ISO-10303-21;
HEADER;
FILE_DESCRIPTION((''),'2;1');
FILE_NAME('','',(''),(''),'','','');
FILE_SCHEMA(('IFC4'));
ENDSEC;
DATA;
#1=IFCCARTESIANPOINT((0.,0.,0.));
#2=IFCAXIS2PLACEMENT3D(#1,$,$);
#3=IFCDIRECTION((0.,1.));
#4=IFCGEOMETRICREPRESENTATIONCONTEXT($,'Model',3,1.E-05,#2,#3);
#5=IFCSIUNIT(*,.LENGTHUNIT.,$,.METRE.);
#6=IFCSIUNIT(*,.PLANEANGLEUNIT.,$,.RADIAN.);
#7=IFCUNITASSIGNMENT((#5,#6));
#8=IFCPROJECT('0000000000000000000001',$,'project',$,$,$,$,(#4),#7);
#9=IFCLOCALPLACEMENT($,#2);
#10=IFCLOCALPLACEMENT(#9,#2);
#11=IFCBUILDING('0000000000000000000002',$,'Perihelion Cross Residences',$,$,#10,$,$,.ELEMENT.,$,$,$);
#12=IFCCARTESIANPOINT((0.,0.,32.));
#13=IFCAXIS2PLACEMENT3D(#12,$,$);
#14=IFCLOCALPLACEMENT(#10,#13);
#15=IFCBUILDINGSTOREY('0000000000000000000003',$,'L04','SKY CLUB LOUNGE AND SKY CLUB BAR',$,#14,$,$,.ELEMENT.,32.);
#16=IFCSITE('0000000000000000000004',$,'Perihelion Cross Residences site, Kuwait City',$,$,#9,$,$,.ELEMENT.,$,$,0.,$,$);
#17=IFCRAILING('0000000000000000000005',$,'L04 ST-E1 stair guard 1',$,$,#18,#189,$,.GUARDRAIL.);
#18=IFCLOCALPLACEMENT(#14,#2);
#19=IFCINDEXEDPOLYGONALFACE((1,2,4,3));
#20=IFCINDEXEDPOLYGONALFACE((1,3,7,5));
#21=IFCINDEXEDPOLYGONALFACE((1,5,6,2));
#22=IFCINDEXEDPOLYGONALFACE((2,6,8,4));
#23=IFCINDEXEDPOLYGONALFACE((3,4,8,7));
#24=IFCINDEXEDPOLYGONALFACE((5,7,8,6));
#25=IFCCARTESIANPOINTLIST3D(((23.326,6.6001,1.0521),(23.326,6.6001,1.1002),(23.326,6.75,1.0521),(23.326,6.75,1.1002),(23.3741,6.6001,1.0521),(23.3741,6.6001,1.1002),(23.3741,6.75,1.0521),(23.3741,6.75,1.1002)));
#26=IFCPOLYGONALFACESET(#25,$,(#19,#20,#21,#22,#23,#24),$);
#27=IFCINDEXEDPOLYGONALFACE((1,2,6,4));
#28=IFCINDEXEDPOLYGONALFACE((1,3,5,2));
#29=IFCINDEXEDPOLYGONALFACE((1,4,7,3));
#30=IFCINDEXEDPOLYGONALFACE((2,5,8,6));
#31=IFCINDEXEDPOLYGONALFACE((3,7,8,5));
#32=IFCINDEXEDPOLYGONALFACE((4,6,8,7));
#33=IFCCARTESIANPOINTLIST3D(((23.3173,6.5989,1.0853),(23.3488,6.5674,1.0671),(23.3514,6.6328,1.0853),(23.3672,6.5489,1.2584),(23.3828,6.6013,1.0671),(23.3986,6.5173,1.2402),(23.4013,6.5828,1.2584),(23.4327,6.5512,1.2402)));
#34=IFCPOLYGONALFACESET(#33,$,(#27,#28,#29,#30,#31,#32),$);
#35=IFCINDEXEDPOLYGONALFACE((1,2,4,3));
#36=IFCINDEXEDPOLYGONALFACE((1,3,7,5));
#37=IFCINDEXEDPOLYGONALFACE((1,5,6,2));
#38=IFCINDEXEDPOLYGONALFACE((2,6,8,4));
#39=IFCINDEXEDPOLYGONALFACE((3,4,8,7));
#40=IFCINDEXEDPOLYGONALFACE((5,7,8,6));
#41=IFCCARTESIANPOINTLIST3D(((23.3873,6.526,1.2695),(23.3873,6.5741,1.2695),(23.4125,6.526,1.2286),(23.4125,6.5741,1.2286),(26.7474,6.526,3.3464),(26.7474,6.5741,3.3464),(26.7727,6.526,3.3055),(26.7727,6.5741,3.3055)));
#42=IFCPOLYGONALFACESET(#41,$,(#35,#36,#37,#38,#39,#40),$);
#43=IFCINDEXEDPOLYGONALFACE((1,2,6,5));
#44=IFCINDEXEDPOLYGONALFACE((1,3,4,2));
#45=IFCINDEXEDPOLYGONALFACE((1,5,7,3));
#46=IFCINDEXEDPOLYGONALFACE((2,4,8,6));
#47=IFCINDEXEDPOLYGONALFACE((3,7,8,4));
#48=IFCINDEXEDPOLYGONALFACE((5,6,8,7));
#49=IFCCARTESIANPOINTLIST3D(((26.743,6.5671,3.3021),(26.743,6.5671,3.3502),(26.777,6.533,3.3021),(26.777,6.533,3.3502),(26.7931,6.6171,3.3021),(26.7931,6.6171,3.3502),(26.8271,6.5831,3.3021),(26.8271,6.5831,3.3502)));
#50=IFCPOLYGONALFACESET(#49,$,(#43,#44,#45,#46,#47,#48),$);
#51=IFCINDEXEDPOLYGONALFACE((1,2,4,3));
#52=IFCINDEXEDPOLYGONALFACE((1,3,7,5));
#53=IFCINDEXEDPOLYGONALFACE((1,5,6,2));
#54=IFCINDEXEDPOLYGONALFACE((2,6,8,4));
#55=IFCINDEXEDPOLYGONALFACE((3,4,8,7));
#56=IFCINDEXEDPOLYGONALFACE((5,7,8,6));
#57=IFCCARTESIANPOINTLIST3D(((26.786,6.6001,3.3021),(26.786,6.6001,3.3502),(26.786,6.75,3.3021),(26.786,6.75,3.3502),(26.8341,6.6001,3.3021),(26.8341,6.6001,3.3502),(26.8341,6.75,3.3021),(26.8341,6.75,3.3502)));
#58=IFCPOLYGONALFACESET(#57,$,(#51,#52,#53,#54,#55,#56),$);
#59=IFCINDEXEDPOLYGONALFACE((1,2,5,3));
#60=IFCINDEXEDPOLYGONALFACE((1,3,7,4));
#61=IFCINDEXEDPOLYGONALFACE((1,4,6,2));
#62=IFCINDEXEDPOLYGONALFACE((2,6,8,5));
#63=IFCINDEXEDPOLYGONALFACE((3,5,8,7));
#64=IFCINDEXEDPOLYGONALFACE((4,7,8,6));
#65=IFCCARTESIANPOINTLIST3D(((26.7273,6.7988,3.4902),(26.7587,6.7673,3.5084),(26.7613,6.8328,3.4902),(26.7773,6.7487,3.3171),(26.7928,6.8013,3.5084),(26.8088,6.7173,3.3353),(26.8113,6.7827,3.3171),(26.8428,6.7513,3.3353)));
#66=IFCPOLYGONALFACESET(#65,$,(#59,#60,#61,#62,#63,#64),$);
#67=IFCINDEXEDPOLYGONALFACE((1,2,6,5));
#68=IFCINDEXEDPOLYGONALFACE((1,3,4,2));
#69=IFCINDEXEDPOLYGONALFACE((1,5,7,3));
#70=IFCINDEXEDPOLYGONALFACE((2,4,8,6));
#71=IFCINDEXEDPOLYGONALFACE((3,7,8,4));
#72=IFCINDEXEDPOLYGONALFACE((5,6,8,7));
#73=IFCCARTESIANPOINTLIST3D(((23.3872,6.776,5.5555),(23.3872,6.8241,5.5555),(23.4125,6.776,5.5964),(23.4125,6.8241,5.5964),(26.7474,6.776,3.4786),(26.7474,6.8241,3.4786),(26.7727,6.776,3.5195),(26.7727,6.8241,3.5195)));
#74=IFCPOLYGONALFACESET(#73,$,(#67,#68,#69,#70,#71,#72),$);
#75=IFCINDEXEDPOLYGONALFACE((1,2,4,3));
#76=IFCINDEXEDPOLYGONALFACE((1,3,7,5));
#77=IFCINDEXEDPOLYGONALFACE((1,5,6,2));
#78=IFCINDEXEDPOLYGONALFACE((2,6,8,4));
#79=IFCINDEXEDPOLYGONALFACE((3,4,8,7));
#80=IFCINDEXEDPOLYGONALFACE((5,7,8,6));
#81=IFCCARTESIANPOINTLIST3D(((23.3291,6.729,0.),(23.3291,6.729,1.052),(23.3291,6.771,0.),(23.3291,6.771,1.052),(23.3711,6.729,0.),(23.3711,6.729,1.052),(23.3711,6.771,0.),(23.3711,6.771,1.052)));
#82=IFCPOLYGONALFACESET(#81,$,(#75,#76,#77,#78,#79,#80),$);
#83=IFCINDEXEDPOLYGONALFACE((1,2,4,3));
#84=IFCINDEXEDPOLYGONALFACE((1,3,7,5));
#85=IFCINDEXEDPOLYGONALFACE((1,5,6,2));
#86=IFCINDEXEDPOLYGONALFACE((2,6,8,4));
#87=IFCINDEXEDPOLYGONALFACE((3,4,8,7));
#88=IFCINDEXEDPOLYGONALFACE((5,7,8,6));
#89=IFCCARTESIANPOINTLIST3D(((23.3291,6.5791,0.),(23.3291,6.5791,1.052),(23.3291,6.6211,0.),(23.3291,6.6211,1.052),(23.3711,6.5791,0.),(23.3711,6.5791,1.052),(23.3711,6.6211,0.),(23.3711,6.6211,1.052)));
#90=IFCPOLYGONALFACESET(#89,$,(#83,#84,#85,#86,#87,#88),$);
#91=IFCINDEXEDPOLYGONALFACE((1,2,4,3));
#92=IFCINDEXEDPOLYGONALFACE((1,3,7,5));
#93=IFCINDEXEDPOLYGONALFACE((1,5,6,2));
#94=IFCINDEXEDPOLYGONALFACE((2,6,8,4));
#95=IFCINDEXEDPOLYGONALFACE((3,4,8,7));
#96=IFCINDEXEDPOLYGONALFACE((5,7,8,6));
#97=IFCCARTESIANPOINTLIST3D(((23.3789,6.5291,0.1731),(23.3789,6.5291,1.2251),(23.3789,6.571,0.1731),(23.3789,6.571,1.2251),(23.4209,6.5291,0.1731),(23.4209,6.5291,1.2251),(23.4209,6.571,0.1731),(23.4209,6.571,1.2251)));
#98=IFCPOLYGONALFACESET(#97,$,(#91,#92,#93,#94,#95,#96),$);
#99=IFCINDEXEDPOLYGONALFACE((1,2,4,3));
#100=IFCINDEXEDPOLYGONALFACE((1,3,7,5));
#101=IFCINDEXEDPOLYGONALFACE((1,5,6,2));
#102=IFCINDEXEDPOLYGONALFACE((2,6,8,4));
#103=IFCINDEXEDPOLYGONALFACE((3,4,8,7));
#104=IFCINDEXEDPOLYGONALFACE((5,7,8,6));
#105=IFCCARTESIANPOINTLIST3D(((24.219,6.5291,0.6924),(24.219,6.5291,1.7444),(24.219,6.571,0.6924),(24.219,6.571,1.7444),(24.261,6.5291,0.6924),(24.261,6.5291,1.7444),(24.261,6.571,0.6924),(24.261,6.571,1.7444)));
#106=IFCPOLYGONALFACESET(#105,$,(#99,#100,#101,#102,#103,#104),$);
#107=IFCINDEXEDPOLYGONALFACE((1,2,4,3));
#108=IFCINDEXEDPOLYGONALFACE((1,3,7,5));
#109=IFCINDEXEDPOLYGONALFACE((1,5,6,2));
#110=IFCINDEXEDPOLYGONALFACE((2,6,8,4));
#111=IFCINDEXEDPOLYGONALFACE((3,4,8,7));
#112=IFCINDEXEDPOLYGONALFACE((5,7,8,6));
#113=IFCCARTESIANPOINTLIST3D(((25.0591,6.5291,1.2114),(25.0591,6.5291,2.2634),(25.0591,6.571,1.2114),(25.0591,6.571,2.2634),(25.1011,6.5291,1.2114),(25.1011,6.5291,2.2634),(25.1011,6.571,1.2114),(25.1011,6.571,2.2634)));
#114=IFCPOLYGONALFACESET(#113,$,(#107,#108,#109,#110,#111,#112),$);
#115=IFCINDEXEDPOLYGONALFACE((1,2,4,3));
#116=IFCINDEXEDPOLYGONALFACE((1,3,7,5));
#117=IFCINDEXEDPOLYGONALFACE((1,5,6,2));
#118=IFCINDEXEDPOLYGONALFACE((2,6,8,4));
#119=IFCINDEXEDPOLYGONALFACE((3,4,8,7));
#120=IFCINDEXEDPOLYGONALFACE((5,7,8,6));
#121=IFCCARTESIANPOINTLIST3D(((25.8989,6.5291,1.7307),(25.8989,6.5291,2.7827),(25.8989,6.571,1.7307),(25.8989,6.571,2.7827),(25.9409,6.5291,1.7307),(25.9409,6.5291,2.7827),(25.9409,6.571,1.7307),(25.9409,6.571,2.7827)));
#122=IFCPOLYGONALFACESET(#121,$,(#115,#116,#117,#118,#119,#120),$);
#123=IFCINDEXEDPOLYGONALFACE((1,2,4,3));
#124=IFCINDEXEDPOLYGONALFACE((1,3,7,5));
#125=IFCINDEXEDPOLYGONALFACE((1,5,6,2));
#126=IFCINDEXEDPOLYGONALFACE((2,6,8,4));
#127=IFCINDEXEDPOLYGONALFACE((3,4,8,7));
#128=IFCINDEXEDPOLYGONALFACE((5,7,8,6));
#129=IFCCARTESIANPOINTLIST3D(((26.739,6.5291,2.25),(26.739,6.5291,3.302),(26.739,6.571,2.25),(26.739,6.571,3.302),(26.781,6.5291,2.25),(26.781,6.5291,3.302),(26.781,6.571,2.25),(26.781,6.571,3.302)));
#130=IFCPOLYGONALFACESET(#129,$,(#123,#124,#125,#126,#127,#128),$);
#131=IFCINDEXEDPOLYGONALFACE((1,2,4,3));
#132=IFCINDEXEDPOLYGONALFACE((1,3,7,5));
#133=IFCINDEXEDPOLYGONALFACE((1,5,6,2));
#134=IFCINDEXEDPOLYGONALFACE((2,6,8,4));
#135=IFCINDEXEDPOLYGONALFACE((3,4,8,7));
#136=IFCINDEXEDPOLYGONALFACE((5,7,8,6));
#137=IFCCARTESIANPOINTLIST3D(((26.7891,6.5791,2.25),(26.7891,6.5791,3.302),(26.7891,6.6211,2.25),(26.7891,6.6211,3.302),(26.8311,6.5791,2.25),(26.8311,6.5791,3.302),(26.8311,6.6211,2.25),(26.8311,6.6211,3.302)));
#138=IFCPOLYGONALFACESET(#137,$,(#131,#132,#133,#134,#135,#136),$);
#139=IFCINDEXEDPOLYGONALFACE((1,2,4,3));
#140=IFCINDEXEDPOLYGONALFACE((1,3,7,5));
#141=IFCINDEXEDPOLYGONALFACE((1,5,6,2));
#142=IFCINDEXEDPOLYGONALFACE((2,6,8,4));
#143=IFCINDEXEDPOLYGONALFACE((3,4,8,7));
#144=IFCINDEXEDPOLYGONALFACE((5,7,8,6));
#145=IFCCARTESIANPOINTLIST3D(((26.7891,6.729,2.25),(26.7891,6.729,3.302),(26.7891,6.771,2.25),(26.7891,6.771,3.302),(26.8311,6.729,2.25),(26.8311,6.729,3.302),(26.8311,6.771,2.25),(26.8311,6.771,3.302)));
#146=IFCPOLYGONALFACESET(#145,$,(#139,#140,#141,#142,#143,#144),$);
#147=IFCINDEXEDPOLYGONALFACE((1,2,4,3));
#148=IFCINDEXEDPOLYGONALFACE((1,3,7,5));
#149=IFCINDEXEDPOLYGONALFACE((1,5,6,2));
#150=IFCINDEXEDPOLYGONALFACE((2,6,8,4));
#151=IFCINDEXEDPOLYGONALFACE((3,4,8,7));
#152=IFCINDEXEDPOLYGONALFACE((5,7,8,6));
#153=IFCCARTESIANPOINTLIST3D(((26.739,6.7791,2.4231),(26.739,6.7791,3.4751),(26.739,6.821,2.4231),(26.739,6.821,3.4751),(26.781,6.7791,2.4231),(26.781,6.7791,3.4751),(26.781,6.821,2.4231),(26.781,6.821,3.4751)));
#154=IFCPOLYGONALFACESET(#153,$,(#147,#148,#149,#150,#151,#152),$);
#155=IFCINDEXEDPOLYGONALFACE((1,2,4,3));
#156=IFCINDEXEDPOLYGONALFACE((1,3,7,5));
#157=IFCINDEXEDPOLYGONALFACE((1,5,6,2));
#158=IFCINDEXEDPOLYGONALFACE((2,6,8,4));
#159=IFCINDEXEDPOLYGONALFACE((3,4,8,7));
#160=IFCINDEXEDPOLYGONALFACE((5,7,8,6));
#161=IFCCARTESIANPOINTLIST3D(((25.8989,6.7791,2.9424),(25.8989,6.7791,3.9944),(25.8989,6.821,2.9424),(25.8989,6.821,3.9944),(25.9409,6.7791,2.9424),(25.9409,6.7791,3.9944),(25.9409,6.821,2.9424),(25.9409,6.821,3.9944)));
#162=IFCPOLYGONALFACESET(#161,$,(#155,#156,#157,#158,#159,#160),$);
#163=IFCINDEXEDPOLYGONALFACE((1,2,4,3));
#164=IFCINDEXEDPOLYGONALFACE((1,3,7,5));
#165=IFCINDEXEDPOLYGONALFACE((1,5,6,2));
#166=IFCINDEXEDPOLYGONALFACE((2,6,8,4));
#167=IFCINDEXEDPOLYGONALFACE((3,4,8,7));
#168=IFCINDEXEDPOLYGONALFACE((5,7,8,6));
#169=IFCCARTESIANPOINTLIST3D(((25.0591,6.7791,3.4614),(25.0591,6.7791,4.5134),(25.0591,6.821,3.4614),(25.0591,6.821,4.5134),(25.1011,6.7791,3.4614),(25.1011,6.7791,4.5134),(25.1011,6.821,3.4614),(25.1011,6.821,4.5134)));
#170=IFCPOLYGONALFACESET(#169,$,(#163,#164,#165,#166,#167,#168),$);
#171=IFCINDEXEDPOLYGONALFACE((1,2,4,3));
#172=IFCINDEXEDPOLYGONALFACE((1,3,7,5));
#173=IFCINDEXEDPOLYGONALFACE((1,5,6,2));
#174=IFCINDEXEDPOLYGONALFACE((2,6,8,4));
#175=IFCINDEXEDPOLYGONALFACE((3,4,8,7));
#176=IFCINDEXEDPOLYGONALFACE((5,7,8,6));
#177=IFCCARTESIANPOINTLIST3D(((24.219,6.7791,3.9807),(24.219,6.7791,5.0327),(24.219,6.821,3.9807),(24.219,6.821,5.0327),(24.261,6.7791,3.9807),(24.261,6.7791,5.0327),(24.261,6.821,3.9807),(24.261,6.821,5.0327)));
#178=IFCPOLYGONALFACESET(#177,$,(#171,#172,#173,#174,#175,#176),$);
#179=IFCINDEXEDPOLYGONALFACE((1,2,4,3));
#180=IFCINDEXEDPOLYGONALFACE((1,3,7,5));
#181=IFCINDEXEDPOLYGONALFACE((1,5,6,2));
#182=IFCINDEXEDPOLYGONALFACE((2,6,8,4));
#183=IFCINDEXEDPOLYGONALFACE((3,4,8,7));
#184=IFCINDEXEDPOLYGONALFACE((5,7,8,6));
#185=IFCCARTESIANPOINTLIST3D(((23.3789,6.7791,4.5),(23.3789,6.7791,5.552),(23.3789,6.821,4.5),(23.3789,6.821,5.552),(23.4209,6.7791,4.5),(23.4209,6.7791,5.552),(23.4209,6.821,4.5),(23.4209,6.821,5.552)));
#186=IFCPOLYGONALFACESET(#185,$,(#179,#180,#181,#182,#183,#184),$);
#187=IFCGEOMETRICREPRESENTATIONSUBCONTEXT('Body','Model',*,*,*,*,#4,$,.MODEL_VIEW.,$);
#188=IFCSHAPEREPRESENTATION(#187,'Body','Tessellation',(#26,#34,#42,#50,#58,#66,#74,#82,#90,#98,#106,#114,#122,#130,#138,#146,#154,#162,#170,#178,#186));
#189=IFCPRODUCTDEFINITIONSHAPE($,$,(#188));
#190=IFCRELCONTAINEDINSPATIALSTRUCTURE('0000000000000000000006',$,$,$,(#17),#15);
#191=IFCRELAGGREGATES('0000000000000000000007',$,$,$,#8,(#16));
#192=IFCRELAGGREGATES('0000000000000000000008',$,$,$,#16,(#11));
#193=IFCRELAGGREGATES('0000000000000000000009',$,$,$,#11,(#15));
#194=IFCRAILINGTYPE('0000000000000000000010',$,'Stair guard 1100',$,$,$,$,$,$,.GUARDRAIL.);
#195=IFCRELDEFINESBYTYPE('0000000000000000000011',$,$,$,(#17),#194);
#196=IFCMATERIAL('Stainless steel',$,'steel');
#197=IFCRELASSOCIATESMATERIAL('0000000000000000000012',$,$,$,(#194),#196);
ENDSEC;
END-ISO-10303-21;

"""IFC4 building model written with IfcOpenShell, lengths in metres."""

from ifc_helpers import new_model, si_unit, direction, frame, origin, origin_2d, place, context, subcontext, project, spatial, rectangle, extrude, material, type_object, element, save


model = new_model("IFC4")

# Units and contexts
model_context = context("Model", 3, precision=1e-05, world=origin(), true_north=direction((0.0, 1.0)))
body_context = subcontext(model_context, "Body", "Model", "MODEL_VIEW")
ifc_project = project(units=[si_unit("LENGTHUNIT", "METRE"), si_unit("PLANEANGLEUNIT", "RADIAN")], contexts=[model_context])

# Site, building, storey
site_placement = place(None, origin())
site = spatial("IfcSite", under=ifc_project, at=site_placement, Name="Perihelion Cross Residences site, Kuwait City", CompositionType="ELEMENT", RefElevation=0.0)
building_placement = place(site_placement, origin())
building = spatial("IfcBuilding", under=site, at=building_placement, Name="Perihelion Cross Residences", CompositionType="ELEMENT")
storey_placement = place(building_placement, frame((0.0, 0.0, 32.0)))
storey = spatial("IfcBuildingStorey", under=building, at=storey_placement, Name="L04", Description="SKY CLUB LOUNGE AND SKY CLUB BAR", CompositionType="ELEMENT", Elevation=32.0)

# Railing
ifc_material_1 = material(Name="Stainless steel", Category="steel")
railing_type_1 = type_object("IfcRailingType", Name="Stair guard 1100", PredefinedType="GUARDRAIL", material=ifc_material_1)
railing_1_placement = place(storey_placement, frame((23.3501, 6.75, 0.0)))
element("IfcRailing", 1, at=railing_1_placement, inside=storey, type_object=railing_type_1, Name="L04 ST-E1 stair guard 1", PredefinedType="GUARDRAIL", context=body_context, shape_type="SweptSolid", body=[
    extrude(rectangle(XDim=0.0481, YDim=0.0481, at=origin_2d()), frame((0.0, 0.0, 1.0762), z_axis=(0.0, -1.0, 0.0), x_axis=(1.0, 0.0, 0.0)), (0.0, 0.0, 1.0), 0.1499),
    extrude(rectangle(XDim=0.0481, YDim=0.0481, at=origin_2d()), frame((0.0, -0.1499, 1.0762), z_axis=(0.266417, -0.267723, 0.92593), x_axis=(0.708834, 0.705376, 0.0)), (0.0, 0.0, 1.0), 0.187),
    extrude(rectangle(XDim=0.0481, YDim=0.0481, at=origin_2d()), frame((0.0498, -0.2, 1.249), z_axis=(0.850623, 0.0, 0.525776), x_axis=(0.0, 1.0, 0.0)), (0.0, 0.0, 1.0), 3.9502),
    extrude(rectangle(XDim=0.0481, YDim=0.0481, at=origin_2d()), frame((3.4099, -0.2, 3.3262), z_axis=(0.707107, 0.707107, 0.0), x_axis=(-0.707107, 0.707107, 0.0)), (0.0, 0.0, 1.0), 0.0708),
    extrude(rectangle(XDim=0.0481, YDim=0.0481, at=origin_2d()), frame((3.46, -0.1499, 3.3262), z_axis=(0.0, 1.0, 0.0), x_axis=(-1.0, 0.0, 0.0)), (0.0, 0.0, 1.0), 0.1499),
    extrude(rectangle(XDim=0.0481, YDim=0.0481, at=origin_2d()), frame((3.46, 0.0, 3.3262), z_axis=(-0.26763, 0.26763, 0.925607), x_axis=(-0.707107, -0.707107, 0.0)), (0.0, 0.0, 1.0), 0.187),
    extrude(rectangle(XDim=0.0481, YDim=0.0481, at=origin_2d()), frame((3.4099, 0.05, 3.499), z_axis=(-0.850623, 0.0, 0.525776), x_axis=(0.0, -1.0, 0.0)), (0.0, 0.0, 1.0), 3.9502),
    extrude(rectangle(XDim=0.042, YDim=0.042, at=origin_2d()), origin(), (0.0, 0.0, 1.0), 1.052),
    extrude(rectangle(XDim=0.042, YDim=0.042, at=origin_2d()), frame((0.0, -0.1499, 0.0)), (0.0, 0.0, 1.0), 1.052),
    extrude(rectangle(XDim=0.042, YDim=0.042, at=origin_2d()), frame((0.0498, -0.2, 0.1731)), (0.0, 0.0, 1.0), 1.052),
    extrude(rectangle(XDim=0.042, YDim=0.042, at=origin_2d()), frame((0.8899, -0.2, 0.6924)), (0.0, 0.0, 1.0), 1.052),
    extrude(rectangle(XDim=0.042, YDim=0.042, at=origin_2d()), frame((1.73, -0.2, 1.2114)), (0.0, 0.0, 1.0), 1.052),
    extrude(rectangle(XDim=0.042, YDim=0.042, at=origin_2d()), frame((2.5698, -0.2, 1.7307)), (0.0, 0.0, 1.0), 1.052),
    extrude(rectangle(XDim=0.042, YDim=0.042, at=origin_2d()), frame((3.4099, -0.2, 2.25)), (0.0, 0.0, 1.0), 1.052),
    extrude(rectangle(XDim=0.042, YDim=0.042, at=origin_2d()), frame((3.46, -0.1499, 2.25)), (0.0, 0.0, 1.0), 1.052),
    extrude(rectangle(XDim=0.042, YDim=0.042, at=origin_2d()), frame((3.46, 0.0, 2.25)), (0.0, 0.0, 1.0), 1.052),
    extrude(rectangle(XDim=0.042, YDim=0.042, at=origin_2d()), frame((3.4099, 0.05, 2.4231)), (0.0, 0.0, 1.0), 1.052),
    extrude(rectangle(XDim=0.042, YDim=0.042, at=origin_2d()), frame((2.5698, 0.05, 2.9424)), (0.0, 0.0, 1.0), 1.052),
    extrude(rectangle(XDim=0.042, YDim=0.042, at=origin_2d()), frame((1.73, 0.05, 3.4614)), (0.0, 0.0, 1.0), 1.052),
    extrude(rectangle(XDim=0.042, YDim=0.042, at=origin_2d()), frame((0.8899, 0.05, 3.9807)), (0.0, 0.0, 1.0), 1.052),
    extrude(rectangle(XDim=0.042, YDim=0.042, at=origin_2d()), frame((0.0498, 0.05, 4.5)), (0.0, 0.0, 1.0), 1.052),
])

save(model, "model.ifc")
